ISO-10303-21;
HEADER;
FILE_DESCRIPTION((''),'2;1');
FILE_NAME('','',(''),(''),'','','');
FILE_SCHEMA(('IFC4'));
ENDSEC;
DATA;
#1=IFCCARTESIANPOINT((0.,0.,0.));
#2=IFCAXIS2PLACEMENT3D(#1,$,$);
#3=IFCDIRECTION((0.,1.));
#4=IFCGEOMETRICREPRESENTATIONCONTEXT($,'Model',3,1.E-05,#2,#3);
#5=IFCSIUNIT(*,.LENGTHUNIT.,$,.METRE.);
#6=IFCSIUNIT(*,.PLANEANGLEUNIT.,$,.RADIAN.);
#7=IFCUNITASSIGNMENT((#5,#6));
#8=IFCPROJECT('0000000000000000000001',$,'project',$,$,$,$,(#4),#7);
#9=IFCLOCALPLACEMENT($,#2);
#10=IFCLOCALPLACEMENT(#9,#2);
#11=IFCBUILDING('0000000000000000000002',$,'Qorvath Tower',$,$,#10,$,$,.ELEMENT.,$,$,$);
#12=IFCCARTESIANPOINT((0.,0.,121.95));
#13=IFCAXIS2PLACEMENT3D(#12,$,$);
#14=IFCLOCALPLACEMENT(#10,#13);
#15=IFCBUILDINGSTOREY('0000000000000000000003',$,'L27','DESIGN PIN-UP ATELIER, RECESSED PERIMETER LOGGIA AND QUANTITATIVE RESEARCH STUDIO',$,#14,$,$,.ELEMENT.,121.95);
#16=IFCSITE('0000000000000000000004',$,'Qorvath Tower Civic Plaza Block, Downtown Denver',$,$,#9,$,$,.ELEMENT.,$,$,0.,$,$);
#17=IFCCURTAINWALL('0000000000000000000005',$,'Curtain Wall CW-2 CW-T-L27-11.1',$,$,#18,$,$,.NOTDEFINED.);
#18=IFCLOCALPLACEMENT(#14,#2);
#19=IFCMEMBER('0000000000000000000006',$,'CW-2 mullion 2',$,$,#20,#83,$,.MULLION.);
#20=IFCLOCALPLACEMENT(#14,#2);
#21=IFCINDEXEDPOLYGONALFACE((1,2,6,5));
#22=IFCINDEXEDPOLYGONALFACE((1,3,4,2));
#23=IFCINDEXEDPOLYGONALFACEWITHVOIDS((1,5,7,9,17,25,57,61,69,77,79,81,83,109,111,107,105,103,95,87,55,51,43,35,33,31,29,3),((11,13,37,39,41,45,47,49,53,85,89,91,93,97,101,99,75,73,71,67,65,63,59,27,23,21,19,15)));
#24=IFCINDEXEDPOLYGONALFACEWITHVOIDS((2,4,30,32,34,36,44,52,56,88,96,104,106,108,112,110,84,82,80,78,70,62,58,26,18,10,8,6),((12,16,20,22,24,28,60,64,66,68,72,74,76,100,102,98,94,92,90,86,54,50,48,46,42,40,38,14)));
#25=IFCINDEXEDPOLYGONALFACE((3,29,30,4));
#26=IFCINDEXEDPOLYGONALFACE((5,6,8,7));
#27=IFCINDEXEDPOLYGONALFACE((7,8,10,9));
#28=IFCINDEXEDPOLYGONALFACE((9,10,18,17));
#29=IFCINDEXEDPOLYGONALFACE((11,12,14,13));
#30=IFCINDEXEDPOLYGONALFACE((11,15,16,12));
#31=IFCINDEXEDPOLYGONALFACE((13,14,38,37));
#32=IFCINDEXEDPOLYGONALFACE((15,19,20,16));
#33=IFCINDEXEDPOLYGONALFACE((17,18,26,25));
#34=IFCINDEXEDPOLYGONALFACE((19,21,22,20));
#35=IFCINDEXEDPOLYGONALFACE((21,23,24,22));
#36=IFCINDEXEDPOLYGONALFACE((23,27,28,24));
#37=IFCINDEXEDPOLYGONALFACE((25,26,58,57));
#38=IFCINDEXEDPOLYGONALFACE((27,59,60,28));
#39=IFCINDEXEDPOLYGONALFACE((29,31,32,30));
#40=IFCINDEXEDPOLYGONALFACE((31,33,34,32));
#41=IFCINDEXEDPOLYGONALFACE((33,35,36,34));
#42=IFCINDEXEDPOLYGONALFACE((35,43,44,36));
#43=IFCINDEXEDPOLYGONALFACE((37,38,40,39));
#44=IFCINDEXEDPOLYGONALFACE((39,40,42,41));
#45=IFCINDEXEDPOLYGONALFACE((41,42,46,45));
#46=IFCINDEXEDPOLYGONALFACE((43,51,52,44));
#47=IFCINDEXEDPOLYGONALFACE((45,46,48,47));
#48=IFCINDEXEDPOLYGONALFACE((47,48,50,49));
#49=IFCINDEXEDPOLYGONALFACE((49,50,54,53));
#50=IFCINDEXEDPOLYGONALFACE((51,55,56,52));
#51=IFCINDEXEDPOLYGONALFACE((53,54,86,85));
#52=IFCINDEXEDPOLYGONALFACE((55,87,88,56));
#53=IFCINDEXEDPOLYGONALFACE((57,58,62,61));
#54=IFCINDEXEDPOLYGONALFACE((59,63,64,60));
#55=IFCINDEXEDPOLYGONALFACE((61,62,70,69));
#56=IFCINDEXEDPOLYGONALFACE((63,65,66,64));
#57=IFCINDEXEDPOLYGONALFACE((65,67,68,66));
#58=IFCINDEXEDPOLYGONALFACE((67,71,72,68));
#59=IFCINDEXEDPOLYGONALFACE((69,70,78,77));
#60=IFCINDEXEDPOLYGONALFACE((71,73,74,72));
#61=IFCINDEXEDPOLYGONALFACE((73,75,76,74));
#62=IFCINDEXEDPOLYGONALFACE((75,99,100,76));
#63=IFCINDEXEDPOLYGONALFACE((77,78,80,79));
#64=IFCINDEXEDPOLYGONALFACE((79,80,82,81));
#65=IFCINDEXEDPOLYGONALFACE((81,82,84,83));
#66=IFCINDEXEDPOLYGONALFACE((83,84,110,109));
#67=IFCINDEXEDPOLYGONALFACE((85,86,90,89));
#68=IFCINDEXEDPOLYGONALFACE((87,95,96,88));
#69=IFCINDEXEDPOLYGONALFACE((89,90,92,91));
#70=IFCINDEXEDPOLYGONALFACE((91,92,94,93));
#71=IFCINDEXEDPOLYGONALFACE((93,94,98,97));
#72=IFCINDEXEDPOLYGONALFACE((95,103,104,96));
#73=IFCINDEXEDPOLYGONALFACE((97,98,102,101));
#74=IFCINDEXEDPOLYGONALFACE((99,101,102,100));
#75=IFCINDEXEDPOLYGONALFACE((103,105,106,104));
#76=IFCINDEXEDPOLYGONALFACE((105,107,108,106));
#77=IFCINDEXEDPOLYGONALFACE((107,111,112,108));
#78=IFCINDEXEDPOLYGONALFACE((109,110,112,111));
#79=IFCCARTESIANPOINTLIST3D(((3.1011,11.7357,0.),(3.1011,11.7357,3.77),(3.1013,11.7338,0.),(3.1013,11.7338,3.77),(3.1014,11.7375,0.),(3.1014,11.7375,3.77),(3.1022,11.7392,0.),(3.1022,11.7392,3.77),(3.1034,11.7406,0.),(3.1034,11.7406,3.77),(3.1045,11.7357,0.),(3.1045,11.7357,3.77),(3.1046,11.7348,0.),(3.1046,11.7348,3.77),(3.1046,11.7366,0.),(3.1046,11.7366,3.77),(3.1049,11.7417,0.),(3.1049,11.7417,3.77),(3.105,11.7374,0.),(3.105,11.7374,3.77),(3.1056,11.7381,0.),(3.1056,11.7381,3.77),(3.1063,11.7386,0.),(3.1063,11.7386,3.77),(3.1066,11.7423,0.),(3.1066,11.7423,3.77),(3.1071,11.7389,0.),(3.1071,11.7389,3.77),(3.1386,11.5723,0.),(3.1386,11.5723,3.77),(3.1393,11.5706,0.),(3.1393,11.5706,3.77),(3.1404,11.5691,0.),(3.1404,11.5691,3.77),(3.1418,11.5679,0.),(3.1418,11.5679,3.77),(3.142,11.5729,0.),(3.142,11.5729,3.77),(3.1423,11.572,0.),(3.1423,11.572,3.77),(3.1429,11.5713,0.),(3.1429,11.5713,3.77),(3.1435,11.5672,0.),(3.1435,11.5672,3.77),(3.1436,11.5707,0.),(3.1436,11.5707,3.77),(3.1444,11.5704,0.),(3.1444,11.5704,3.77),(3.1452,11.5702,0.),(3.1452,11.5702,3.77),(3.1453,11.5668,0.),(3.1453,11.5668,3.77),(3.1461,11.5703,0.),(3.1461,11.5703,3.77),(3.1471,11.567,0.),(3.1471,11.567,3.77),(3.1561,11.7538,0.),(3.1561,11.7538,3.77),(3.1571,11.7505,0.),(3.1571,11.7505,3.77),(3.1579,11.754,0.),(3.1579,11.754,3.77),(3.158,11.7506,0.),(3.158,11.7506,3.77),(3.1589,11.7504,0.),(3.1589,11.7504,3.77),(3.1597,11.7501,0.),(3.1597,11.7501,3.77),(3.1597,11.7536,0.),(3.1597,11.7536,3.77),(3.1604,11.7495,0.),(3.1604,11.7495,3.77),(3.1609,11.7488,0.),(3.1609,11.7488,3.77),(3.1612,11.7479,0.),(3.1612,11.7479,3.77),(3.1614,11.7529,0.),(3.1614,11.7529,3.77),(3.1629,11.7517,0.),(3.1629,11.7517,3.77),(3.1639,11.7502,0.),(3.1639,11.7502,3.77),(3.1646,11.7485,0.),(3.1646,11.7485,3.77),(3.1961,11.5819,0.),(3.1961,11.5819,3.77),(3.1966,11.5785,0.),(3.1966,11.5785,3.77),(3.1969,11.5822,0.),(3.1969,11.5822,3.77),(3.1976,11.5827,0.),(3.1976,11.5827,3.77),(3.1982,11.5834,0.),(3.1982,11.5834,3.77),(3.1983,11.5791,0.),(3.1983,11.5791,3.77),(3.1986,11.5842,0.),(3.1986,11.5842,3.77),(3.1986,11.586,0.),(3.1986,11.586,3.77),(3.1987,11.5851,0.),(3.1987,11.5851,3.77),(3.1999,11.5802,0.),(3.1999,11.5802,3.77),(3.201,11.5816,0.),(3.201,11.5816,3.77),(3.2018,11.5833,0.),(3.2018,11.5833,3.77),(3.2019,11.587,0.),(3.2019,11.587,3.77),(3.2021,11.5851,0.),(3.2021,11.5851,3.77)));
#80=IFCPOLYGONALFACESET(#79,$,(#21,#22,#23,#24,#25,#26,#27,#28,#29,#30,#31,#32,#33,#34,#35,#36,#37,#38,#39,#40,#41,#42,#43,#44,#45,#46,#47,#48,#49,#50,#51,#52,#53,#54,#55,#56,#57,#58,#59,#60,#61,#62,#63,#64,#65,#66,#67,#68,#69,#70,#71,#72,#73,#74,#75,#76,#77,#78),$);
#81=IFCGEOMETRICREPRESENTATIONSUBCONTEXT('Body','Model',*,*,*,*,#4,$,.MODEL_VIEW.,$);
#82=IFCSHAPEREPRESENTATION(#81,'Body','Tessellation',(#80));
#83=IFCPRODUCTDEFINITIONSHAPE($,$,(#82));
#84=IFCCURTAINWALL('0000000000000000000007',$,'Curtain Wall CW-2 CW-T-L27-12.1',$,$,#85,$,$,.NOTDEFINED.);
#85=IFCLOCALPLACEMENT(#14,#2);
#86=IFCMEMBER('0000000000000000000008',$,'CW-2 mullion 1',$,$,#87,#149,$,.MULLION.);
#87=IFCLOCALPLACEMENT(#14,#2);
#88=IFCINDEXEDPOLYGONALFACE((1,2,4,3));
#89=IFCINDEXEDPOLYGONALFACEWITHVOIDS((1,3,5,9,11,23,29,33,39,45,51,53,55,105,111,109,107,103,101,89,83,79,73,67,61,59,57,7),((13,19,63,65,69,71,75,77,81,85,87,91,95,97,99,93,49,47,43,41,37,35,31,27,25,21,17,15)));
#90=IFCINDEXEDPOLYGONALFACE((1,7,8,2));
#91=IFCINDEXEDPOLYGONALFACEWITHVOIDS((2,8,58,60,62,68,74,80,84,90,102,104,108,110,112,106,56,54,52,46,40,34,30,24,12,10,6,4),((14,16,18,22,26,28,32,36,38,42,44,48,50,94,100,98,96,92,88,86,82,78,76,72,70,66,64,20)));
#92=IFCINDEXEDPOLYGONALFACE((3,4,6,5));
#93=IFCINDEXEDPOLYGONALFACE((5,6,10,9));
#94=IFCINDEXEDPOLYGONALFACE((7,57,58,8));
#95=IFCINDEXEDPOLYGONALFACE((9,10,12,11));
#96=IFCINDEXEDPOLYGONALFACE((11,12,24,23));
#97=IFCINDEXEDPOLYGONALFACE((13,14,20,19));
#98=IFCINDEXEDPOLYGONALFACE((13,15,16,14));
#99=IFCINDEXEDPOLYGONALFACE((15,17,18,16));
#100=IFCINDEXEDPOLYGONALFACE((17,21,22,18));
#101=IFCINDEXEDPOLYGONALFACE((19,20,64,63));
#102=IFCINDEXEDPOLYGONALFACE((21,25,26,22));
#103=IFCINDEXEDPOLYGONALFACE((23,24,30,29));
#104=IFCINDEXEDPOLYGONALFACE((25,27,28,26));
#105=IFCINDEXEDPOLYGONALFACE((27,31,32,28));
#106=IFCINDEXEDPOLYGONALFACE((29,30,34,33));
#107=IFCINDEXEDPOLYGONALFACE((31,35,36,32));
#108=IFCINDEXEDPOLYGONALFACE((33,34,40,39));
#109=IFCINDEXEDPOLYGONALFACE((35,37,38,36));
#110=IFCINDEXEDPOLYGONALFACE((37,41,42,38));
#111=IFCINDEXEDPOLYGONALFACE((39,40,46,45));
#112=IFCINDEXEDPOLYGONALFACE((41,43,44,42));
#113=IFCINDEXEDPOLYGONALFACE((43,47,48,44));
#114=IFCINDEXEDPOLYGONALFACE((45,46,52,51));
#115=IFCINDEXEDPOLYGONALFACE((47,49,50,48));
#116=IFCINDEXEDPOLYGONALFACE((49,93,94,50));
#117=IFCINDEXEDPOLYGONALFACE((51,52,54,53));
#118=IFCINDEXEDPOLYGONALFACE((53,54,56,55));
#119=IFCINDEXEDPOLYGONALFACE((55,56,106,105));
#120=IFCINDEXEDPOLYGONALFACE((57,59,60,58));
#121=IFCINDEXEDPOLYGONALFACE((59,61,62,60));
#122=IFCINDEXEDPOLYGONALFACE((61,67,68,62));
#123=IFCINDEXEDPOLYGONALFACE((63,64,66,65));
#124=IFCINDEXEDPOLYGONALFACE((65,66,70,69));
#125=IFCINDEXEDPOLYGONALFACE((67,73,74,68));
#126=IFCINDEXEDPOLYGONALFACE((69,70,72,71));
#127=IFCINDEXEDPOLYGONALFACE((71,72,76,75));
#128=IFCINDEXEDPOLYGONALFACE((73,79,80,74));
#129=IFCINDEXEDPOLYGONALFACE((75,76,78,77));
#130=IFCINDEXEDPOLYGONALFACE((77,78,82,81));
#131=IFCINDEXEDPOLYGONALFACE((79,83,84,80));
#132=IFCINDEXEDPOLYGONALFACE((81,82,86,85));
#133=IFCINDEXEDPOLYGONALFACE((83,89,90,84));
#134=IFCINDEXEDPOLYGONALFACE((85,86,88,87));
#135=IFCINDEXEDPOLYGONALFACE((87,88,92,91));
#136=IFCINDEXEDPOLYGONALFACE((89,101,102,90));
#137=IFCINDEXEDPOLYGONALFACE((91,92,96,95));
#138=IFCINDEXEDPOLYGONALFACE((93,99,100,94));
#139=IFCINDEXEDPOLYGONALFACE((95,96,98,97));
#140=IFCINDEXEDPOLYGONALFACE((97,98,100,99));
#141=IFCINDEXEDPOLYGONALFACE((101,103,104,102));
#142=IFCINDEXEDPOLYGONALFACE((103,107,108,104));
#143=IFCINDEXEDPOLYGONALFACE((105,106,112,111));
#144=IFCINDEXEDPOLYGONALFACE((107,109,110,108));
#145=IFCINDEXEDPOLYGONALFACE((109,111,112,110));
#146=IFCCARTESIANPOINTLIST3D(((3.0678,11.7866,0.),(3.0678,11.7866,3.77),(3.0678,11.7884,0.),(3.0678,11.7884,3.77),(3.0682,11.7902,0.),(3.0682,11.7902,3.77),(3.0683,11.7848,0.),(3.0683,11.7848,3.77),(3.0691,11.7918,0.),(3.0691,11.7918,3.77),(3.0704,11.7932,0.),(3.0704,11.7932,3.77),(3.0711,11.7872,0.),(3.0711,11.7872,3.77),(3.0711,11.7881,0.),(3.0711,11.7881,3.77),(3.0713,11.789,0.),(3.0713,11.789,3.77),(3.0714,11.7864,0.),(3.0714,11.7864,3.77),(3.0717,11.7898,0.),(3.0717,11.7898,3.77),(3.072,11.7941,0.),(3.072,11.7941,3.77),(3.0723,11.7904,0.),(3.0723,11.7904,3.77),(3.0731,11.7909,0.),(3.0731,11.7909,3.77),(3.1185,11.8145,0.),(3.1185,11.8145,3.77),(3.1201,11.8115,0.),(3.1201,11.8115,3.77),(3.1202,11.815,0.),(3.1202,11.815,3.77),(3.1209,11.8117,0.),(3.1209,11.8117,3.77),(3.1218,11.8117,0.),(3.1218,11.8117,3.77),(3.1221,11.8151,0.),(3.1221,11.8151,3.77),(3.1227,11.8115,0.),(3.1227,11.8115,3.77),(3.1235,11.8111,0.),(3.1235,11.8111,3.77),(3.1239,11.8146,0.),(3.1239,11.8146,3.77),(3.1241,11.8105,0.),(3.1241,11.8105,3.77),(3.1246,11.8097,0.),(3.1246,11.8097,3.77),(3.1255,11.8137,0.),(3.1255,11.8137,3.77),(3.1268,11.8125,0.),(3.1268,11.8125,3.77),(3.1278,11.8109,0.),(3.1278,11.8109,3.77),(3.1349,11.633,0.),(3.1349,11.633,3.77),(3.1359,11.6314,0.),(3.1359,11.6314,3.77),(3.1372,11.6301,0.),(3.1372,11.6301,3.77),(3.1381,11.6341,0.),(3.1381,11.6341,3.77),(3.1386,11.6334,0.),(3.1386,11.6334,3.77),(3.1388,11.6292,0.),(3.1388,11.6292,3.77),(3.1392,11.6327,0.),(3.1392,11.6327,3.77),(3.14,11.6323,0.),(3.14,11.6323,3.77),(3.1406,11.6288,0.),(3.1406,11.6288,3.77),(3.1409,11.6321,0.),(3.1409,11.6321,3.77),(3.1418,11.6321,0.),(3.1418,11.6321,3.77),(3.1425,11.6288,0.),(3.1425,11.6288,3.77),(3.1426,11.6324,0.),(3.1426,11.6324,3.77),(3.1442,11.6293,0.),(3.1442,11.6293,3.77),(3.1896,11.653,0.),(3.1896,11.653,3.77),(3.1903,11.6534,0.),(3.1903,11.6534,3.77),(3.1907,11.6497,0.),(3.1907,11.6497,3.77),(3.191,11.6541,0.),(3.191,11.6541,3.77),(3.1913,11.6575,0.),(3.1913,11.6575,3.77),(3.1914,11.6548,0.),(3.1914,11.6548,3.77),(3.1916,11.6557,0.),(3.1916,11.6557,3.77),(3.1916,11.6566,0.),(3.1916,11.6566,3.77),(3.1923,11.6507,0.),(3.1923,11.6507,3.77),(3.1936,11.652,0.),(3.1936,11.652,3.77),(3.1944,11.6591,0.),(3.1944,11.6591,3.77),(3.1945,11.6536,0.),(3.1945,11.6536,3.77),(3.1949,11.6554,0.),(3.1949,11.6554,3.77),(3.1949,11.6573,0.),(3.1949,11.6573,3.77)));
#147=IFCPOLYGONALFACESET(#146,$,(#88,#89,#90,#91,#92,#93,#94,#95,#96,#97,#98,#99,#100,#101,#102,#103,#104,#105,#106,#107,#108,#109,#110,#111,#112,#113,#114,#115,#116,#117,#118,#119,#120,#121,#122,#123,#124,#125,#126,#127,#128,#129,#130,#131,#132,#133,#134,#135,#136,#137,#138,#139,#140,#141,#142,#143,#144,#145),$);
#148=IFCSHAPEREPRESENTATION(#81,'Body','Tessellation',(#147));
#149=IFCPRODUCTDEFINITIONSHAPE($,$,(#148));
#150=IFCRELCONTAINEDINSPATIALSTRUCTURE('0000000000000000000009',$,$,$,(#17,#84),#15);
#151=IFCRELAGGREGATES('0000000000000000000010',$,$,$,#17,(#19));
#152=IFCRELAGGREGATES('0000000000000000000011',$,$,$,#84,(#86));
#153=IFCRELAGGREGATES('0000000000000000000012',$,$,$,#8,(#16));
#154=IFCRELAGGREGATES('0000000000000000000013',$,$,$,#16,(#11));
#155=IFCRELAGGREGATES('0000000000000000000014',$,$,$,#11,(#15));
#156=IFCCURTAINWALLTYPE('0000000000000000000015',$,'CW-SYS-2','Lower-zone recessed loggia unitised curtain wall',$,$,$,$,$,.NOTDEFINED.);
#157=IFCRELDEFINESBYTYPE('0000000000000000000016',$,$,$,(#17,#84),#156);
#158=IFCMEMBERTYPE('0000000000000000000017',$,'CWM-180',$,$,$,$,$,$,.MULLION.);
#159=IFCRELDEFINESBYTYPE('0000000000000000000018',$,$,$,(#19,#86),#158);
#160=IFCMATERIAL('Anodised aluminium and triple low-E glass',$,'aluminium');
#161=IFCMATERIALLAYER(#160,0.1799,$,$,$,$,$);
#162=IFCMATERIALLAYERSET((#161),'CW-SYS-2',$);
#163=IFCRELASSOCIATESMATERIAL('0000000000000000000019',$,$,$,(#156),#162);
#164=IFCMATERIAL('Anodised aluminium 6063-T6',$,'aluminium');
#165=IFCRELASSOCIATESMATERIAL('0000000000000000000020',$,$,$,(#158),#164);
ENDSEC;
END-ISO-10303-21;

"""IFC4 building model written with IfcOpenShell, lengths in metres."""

from ifc_helpers import new_model, si_unit, direction, frame, origin, origin_2d, place, context, subcontext, project, spatial, hollow_rectangle, extrude, material, layer, layer_set, material_profile, profile_set, type_object, element, aggregate, save


model = new_model("IFC4")

# Units and contexts
model_context = context("Model", 3, precision=1e-05, world=origin(), true_north=direction((0.0, 1.0)))
body_context = subcontext(model_context, "Body", "Model", "MODEL_VIEW")
ifc_project = project(units=[si_unit("LENGTHUNIT", "METRE"), si_unit("PLANEANGLEUNIT", "RADIAN")], contexts=[model_context])

# Site, building, storey
site_placement = place(None, origin())
site = spatial("IfcSite", under=ifc_project, at=site_placement, Name="Qorvath Tower Civic Plaza Block, Downtown Denver", CompositionType="ELEMENT", RefElevation=0.0)
building_placement = place(site_placement, origin())
building = spatial("IfcBuilding", under=site, at=building_placement, Name="Qorvath Tower", CompositionType="ELEMENT")
storey_placement = place(building_placement, frame((0.0, 0.0, 121.95)))
storey = spatial("IfcBuildingStorey", under=building, at=storey_placement, Name="L27", Description="DESIGN PIN-UP ATELIER, RECESSED PERIMETER LOGGIA AND QUANTITATIVE RESEARCH STUDIO", CompositionType="ELEMENT", Elevation=121.95)

# Curtain wall, member
ifc_material_1 = material(Name="Anodised aluminium and triple low-E glass", Category="aluminium")
ifc_layer_1 = layer(ifc_material_1, 0.1799)
ifc_layer_set_1 = layer_set([ifc_layer_1], Name="CW-SYS-2")
curtain_wall_type = type_object("IfcCurtainWallType", Name="CW-SYS-2", Description="Lower-zone recessed loggia unitised curtain wall", PredefinedType="NOTDEFINED", material=ifc_layer_set_1)
curtain_wall_1_placement = place(storey_placement, origin())
curtain_wall_1 = element("IfcCurtainWall", 1, at=curtain_wall_1_placement, inside=storey, type_object=curtain_wall_type, Name="Curtain Wall CW-2 CW-T-L27-11.1", PredefinedType="NOTDEFINED")
ifc_material_2 = material(Name="Anodised aluminium 6063-T6", Category="aluminium")
ifc_material_profile_1 = material_profile(ifc_material_2, hollow_rectangle(XDim=0.0649, YDim=0.1799, WallThickness=0.0034, InnerFilletRadius=0.0034, OuterFilletRadius=0.0071, at=origin_2d()), Name="CWM 180x65")
ifc_profile_set_1 = profile_set([ifc_material_profile_1], Name="Anodised aluminium 6063-T6")
member_type_1 = type_object("IfcMemberType", Name="CWM-180", PredefinedType="MULLION", material=ifc_profile_set_1)
member_1_placement = place(storey_placement, frame((3.1516, 11.6604, 0.0), z_axis=(0.0, 0.0, 1.0), x_axis=(-0.974296, -0.22527, 0.0)))
member_1 = element("IfcMember", 2, at=member_1_placement, type_object=member_type_1, Name="CW-2 mullion 2", PredefinedType="MULLION", context=body_context, shape_type="SweptSolid", body=[
    extrude(hollow_rectangle(XDim=0.0649, YDim=0.1799, WallThickness=0.0034, InnerFilletRadius=0.0034, OuterFilletRadius=0.0071, at=origin_2d()), origin(), (0.0, 0.0, 1.0), 3.77),
])

# Curtain wall, member
curtain_wall_2_placement = place(storey_placement, origin())
curtain_wall_2 = element("IfcCurtainWall", 3, at=curtain_wall_2_placement, inside=storey, type_object=curtain_wall_type, Name="Curtain Wall CW-2 CW-T-L27-12.1", PredefinedType="NOTDEFINED")
member_2_placement = place(storey_placement, frame((3.1313, 11.7219, 0.0), z_axis=(0.0, 0.0, 1.0), x_axis=(-0.915794, -0.401649, 0.0)))
member_2 = element("IfcMember", 4, at=member_2_placement, type_object=member_type_1, Name="CW-2 mullion 1", PredefinedType="MULLION", context=body_context, shape_type="SweptSolid", body=[
    extrude(hollow_rectangle(XDim=0.0649, YDim=0.1799, WallThickness=0.0034, InnerFilletRadius=0.0034, OuterFilletRadius=0.0071, at=origin_2d()), origin(), (0.0, 0.0, 1.0), 3.77),
])

aggregate(curtain_wall_1, [member_1])
aggregate(curtain_wall_2, [member_2])

save(model, "model.ifc")
